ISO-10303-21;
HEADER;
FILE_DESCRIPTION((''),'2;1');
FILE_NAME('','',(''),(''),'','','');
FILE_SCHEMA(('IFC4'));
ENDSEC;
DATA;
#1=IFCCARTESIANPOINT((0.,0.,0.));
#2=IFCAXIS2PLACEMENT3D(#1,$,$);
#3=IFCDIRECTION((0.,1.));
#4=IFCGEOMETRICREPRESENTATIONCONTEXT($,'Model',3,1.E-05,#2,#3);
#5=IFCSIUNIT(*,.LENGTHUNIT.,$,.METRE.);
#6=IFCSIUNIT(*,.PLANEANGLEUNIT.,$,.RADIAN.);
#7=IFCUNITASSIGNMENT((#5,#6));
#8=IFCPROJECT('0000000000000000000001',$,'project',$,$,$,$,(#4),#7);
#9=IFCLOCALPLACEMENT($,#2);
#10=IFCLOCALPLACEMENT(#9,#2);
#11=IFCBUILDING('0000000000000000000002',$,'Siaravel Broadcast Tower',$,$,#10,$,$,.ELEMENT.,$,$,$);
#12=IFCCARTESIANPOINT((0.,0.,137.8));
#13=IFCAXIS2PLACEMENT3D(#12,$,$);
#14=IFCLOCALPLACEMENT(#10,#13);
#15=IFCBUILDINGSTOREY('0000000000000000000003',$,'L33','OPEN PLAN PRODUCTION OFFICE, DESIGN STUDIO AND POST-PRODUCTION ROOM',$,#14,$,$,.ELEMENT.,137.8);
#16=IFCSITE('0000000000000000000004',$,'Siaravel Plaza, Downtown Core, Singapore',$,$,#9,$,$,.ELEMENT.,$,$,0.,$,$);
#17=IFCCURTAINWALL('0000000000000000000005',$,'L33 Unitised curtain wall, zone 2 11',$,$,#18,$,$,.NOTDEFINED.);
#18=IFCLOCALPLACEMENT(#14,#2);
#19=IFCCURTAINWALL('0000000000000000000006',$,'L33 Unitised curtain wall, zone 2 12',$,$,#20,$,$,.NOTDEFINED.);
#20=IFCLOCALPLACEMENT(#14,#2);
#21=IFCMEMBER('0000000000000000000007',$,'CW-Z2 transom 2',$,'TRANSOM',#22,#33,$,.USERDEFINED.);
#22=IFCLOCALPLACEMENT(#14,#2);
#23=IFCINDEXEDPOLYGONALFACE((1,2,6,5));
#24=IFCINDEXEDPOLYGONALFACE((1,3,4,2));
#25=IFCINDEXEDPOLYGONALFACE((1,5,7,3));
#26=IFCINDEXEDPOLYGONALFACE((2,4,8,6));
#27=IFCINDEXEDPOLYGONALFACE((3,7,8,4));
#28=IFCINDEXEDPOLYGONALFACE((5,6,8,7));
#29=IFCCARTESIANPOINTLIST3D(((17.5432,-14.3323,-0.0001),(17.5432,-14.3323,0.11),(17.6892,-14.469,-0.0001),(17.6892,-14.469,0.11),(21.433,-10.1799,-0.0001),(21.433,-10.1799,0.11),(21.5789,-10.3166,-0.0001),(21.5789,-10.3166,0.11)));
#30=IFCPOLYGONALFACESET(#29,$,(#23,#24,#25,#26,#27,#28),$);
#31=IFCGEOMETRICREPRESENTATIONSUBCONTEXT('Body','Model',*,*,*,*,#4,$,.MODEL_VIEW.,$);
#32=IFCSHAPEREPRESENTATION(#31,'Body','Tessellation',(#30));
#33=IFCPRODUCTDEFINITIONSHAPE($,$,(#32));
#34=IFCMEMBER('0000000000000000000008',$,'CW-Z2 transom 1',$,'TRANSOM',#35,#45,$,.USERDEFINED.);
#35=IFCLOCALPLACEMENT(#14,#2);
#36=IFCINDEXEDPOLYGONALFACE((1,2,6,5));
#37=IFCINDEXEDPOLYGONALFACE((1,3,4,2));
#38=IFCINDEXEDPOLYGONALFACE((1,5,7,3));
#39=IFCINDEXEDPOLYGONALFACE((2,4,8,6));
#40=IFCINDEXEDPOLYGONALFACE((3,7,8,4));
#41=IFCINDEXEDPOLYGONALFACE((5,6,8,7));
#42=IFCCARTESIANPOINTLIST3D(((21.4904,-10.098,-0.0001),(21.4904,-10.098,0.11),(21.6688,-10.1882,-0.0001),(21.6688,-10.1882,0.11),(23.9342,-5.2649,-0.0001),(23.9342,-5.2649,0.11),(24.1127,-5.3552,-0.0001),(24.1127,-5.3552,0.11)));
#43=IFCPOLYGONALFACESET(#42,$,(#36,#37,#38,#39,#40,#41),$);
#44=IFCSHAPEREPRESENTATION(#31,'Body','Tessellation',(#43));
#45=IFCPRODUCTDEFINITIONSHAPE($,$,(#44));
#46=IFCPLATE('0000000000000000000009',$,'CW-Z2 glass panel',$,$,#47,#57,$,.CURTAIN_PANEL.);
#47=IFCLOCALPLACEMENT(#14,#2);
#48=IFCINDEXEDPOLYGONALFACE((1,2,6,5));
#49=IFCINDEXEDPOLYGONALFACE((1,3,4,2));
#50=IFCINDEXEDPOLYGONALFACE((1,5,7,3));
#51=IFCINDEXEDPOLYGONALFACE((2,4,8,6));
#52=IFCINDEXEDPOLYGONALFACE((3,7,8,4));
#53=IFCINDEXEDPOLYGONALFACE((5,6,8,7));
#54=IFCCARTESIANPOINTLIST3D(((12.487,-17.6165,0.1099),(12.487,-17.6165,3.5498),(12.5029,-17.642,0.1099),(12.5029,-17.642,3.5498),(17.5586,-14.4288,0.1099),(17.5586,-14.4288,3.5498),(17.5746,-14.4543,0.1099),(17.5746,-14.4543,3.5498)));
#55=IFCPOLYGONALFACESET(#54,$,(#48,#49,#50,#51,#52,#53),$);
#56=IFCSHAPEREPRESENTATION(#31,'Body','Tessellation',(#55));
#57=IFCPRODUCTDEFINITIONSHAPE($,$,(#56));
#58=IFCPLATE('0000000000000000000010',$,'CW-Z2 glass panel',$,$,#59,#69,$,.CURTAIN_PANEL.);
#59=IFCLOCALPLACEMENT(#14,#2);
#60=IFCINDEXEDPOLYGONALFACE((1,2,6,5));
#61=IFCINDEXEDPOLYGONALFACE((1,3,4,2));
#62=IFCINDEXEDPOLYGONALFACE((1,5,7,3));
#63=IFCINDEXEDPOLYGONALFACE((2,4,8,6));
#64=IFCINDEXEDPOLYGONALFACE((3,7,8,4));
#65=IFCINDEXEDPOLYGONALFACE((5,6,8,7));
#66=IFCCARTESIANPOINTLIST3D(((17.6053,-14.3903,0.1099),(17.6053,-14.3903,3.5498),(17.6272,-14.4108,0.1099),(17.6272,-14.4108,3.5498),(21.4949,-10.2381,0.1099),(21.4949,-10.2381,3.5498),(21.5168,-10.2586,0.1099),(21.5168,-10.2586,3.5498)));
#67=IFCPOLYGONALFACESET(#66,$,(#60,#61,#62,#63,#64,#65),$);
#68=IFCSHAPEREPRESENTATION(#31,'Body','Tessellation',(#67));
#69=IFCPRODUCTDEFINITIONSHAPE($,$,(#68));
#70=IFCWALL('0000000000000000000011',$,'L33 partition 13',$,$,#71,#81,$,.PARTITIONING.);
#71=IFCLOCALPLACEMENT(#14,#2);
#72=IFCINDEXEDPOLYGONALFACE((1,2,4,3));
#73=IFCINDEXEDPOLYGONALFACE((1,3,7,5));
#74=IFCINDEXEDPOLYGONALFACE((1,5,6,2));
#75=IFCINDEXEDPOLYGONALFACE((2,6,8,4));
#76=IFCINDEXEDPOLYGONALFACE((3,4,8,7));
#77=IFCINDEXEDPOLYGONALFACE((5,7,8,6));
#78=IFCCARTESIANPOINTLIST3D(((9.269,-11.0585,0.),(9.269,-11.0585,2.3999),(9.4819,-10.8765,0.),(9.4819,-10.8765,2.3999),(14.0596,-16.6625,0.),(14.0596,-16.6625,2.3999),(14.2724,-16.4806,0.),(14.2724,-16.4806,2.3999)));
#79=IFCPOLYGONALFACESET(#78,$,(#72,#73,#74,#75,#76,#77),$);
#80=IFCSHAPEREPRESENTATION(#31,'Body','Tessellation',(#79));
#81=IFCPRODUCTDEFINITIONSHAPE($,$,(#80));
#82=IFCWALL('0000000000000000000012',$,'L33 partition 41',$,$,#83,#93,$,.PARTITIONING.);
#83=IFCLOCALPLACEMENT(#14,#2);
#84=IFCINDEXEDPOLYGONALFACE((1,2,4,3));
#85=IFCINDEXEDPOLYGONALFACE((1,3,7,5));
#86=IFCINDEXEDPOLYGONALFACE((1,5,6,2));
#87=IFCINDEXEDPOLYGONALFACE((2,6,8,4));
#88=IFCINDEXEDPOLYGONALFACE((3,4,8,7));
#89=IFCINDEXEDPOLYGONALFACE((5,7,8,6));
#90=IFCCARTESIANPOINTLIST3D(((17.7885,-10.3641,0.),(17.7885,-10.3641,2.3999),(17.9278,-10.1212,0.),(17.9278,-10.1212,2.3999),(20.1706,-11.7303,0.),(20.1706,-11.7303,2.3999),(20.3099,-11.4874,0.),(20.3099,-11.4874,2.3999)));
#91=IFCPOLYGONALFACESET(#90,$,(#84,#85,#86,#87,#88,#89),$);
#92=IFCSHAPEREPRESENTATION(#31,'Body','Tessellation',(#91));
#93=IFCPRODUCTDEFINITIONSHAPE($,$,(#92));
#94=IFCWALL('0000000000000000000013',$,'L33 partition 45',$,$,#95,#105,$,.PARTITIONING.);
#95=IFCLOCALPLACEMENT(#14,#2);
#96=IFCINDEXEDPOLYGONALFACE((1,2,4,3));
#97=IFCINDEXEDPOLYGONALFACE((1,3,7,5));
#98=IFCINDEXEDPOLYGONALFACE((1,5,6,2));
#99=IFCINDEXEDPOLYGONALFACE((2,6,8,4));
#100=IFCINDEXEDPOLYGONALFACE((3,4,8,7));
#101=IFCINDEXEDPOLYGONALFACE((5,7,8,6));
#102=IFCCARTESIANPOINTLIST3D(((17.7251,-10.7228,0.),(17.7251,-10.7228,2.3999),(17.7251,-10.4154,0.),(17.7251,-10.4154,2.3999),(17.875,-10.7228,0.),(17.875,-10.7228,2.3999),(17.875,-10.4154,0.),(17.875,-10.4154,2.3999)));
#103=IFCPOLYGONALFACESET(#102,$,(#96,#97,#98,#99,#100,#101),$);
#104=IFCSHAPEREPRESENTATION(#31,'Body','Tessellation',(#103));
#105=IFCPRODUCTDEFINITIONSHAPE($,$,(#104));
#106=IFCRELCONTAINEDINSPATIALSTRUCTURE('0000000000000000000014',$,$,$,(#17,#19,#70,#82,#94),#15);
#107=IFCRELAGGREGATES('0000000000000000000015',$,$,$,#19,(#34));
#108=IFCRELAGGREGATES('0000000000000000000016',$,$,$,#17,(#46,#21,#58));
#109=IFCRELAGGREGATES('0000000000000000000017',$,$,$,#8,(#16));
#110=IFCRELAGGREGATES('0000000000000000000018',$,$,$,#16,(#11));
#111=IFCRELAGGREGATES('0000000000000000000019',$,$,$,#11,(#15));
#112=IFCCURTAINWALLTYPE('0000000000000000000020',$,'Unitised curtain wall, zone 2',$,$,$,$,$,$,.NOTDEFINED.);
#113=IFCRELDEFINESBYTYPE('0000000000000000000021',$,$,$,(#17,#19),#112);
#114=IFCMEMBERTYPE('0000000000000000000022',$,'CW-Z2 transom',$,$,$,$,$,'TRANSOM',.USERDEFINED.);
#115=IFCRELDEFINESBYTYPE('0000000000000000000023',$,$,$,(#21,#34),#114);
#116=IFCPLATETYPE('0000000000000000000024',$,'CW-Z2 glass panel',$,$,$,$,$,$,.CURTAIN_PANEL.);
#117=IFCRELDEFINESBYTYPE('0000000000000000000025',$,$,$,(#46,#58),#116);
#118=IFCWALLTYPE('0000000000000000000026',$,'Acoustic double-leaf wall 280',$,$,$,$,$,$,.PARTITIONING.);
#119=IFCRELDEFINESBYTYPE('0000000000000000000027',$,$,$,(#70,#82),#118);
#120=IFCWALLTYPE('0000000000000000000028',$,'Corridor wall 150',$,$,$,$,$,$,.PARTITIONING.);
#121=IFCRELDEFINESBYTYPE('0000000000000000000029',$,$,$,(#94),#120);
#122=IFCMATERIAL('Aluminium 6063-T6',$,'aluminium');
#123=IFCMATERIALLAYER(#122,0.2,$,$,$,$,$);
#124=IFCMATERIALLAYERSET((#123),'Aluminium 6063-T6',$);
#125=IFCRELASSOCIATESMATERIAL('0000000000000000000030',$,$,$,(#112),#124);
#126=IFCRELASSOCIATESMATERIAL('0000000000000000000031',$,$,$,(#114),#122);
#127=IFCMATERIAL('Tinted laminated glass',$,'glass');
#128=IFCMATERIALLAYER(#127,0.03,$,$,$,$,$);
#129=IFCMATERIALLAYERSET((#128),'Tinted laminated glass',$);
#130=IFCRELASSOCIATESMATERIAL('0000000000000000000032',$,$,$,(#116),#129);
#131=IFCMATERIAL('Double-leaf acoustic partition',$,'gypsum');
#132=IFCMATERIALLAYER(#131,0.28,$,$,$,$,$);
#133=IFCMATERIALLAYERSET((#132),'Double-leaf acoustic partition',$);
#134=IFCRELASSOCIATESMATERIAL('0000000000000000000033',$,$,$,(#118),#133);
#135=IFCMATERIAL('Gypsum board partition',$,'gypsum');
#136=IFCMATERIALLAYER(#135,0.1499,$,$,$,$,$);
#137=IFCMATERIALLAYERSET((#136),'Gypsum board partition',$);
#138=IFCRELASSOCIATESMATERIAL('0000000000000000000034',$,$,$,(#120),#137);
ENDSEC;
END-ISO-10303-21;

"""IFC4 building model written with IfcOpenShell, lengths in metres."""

from ifc_helpers import new_model, si_unit, direction, frame, frame_2d, origin, origin_2d, place, context, subcontext, project, spatial, rectangle, extrude, material, layer, layer_set, material_profile, profile_set, type_object, element, aggregate, save


model = new_model("IFC4")

# Units and contexts
model_context = context("Model", 3, precision=1e-05, world=origin(), true_north=direction((0.0, 1.0)))
body_context = subcontext(model_context, "Body", "Model", "MODEL_VIEW")
ifc_project = project(units=[si_unit("LENGTHUNIT", "METRE"), si_unit("PLANEANGLEUNIT", "RADIAN")], contexts=[model_context])

# Site, building, storey
site_placement = place(None, origin())
site = spatial("IfcSite", under=ifc_project, at=site_placement, Name="Siaravel Plaza, Downtown Core, Singapore", CompositionType="ELEMENT", RefElevation=0.0)
building_placement = place(site_placement, origin())
building = spatial("IfcBuilding", under=site, at=building_placement, Name="Siaravel Broadcast Tower", CompositionType="ELEMENT")
storey_placement = place(building_placement, frame((0.0, 0.0, 137.8)))
storey = spatial("IfcBuildingStorey", under=building, at=storey_placement, Name="L33", Description="OPEN PLAN PRODUCTION OFFICE, DESIGN STUDIO AND POST-PRODUCTION ROOM", CompositionType="ELEMENT", Elevation=137.8)

# Curtain wall
ifc_material_1 = material(Name="Aluminium 6063-T6", Category="aluminium")
ifc_layer_1 = layer(ifc_material_1, 0.2)
ifc_layer_set_1 = layer_set([ifc_layer_1], Name="Aluminium 6063-T6")
curtain_wall_type = type_object("IfcCurtainWallType", Name="Unitised curtain wall, zone 2", PredefinedType="NOTDEFINED", material=ifc_layer_set_1)
curtain_wall_1_placement = place(storey_placement, origin())
curtain_wall_1 = element("IfcCurtainWall", 1, at=curtain_wall_1_placement, inside=storey, type_object=curtain_wall_type, Name="L33 Unitised curtain wall, zone 2 11", PredefinedType="NOTDEFINED")

# Curtain wall
curtain_wall_2_placement = place(storey_placement, origin())
curtain_wall_2 = element("IfcCurtainWall", 2, at=curtain_wall_2_placement, inside=storey, type_object=curtain_wall_type, Name="L33 Unitised curtain wall, zone 2 12", PredefinedType="NOTDEFINED")

# Members
ifc_material_profile_1 = material_profile(ifc_material_1, rectangle(XDim=0.2, YDim=0.1101, at=origin_2d()))
ifc_profile_set_1 = profile_set([ifc_material_profile_1], Name="Aluminium 6063-T6")
member_type_1 = type_object("IfcMemberType", Name="CW-Z2 transom", ElementType="TRANSOM", PredefinedType="USERDEFINED", material=ifc_profile_set_1)
member_1_placement = place(storey_placement, frame((17.6162, -14.4006, 0.0549), z_axis=(0.683644, 0.729815, 0.0), x_axis=(-0.729815, 0.683644, 0.0)))
member_1 = element("IfcMember", 3, at=member_1_placement, type_object=member_type_1, Name="CW-Z2 transom 2", ObjectType="TRANSOM", PredefinedType="USERDEFINED", context=body_context, shape_type="SweptSolid", body=[
    extrude(rectangle(XDim=0.2, YDim=0.1101, at=origin_2d()), origin(), (0.0, 0.0, 1.0), 5.6897),
])
member_2_placement = place(storey_placement, frame((21.5796, -10.1431, 0.0549), z_axis=(0.451248, 0.892398, 0.0), x_axis=(-0.892398, 0.451248, 0.0)))
member_2 = element("IfcMember", 4, at=member_2_placement, type_object=member_type_1, Name="CW-Z2 transom 1", ObjectType="TRANSOM", PredefinedType="USERDEFINED", context=body_context, shape_type="SweptSolid", body=[
    extrude(rectangle(XDim=0.2, YDim=0.1101, at=origin_2d()), origin(), (0.0, 0.0, 1.0), 5.4158),
])
aggregate(curtain_wall_2, [member_2])

# Plates
ifc_material_2 = material(Name="Tinted laminated glass", Category="glass")
ifc_layer_2 = layer(ifc_material_2, 0.03)
ifc_layer_set_2 = layer_set([ifc_layer_2], Name="Tinted laminated glass")
plate_type = type_object("IfcPlateType", Name="CW-Z2 glass panel", PredefinedType="CURTAIN_PANEL", material=ifc_layer_set_2)
plate_1_placement = place(storey_placement, frame((15.0308, -16.0354, 0.1099), z_axis=(0.0, 0.0, 1.0), x_axis=(0.846649, 0.532151, 0.0)))
plate_1 = element("IfcPlate", 5, at=plate_1_placement, type_object=plate_type, Name="CW-Z2 glass panel", PredefinedType="CURTAIN_PANEL", context=body_context, shape_type="SweptSolid", body=[
    extrude(rectangle(XDim=5.9902, YDim=0.03, at=origin_2d()), origin(), (0.0, 0.0, 1.0), 3.4399),
])
plate_2_placement = place(storey_placement, frame((19.561, -12.3245, 0.1099), z_axis=(0.0, 0.0, 1.0), x_axis=(0.683653, 0.729807, 0.0)))
plate_2 = element("IfcPlate", 6, at=plate_2_placement, type_object=plate_type, Name="CW-Z2 glass panel", PredefinedType="CURTAIN_PANEL", context=body_context, shape_type="SweptSolid", body=[
    extrude(rectangle(XDim=5.6895, YDim=0.03, at=origin_2d()), origin(), (0.0, 0.0, 1.0), 3.4399),
])
aggregate(curtain_wall_1, [plate_1, member_1, plate_2])

# Walls
ifc_material_3 = material(Name="Double-leaf acoustic partition", Category="gypsum")
ifc_layer_3 = layer(ifc_material_3, 0.28)
ifc_layer_set_3 = layer_set([ifc_layer_3], Name="Double-leaf acoustic partition")
wall_type_1 = type_object("IfcWallType", Name="Acoustic double-leaf wall 280", PredefinedType="PARTITIONING", material=ifc_layer_set_3)
wall_1_placement = place(storey_placement, frame((14.166, -16.5715, 0.0), z_axis=(0.0, 0.0, 1.0), x_axis=(-0.649782, 0.760121, 0.0)))
element("IfcWall", 7, at=wall_1_placement, inside=storey, type_object=wall_type_1, Name="L33 partition 13", PredefinedType="PARTITIONING", context=body_context, shape_type="SweptSolid", body=[
    extrude(rectangle(XDim=7.3726, YDim=0.28, at=frame_2d((3.6863, 0.0))), origin(), (0.0, 0.0, 1.0), 2.3999),
])
wall_2_placement = place(storey_placement, frame((20.2402, -11.6089, 0.0), z_axis=(0.0, 0.0, 1.0), x_axis=(-0.867454, 0.497517, 0.0)))
element("IfcWall", 8, at=wall_2_placement, inside=storey, type_object=wall_type_1, Name="L33 partition 41", PredefinedType="PARTITIONING", context=body_context, shape_type="SweptSolid", body=[
    extrude(rectangle(XDim=2.7461, YDim=0.28, at=frame_2d((1.373, 0.0))), origin(), (0.0, 0.0, 1.0), 2.3999),
])
ifc_material_4 = material(Name="Gypsum board partition", Category="gypsum")
ifc_layer_4 = layer(ifc_material_4, 0.1499)
ifc_layer_set_4 = layer_set([ifc_layer_4], Name="Gypsum board partition")
wall_type_2 = type_object("IfcWallType", Name="Corridor wall 150", PredefinedType="PARTITIONING", material=ifc_layer_set_4)
wall_3_placement = place(storey_placement, frame((17.8, -10.7229, 0.0), z_axis=(0.0, 0.0, 1.0), x_axis=(0.0, 1.0, 0.0)))
element("IfcWall", 9, at=wall_3_placement, inside=storey, type_object=wall_type_2, Name="L33 partition 45", PredefinedType="PARTITIONING", context=body_context, shape_type="SweptSolid", body=[
    extrude(rectangle(XDim=0.3074, YDim=0.1499, at=frame_2d((0.1538, 0.0))), origin(), (0.0, 0.0, 1.0), 2.3999),
])

save(model, "model.ifc")
